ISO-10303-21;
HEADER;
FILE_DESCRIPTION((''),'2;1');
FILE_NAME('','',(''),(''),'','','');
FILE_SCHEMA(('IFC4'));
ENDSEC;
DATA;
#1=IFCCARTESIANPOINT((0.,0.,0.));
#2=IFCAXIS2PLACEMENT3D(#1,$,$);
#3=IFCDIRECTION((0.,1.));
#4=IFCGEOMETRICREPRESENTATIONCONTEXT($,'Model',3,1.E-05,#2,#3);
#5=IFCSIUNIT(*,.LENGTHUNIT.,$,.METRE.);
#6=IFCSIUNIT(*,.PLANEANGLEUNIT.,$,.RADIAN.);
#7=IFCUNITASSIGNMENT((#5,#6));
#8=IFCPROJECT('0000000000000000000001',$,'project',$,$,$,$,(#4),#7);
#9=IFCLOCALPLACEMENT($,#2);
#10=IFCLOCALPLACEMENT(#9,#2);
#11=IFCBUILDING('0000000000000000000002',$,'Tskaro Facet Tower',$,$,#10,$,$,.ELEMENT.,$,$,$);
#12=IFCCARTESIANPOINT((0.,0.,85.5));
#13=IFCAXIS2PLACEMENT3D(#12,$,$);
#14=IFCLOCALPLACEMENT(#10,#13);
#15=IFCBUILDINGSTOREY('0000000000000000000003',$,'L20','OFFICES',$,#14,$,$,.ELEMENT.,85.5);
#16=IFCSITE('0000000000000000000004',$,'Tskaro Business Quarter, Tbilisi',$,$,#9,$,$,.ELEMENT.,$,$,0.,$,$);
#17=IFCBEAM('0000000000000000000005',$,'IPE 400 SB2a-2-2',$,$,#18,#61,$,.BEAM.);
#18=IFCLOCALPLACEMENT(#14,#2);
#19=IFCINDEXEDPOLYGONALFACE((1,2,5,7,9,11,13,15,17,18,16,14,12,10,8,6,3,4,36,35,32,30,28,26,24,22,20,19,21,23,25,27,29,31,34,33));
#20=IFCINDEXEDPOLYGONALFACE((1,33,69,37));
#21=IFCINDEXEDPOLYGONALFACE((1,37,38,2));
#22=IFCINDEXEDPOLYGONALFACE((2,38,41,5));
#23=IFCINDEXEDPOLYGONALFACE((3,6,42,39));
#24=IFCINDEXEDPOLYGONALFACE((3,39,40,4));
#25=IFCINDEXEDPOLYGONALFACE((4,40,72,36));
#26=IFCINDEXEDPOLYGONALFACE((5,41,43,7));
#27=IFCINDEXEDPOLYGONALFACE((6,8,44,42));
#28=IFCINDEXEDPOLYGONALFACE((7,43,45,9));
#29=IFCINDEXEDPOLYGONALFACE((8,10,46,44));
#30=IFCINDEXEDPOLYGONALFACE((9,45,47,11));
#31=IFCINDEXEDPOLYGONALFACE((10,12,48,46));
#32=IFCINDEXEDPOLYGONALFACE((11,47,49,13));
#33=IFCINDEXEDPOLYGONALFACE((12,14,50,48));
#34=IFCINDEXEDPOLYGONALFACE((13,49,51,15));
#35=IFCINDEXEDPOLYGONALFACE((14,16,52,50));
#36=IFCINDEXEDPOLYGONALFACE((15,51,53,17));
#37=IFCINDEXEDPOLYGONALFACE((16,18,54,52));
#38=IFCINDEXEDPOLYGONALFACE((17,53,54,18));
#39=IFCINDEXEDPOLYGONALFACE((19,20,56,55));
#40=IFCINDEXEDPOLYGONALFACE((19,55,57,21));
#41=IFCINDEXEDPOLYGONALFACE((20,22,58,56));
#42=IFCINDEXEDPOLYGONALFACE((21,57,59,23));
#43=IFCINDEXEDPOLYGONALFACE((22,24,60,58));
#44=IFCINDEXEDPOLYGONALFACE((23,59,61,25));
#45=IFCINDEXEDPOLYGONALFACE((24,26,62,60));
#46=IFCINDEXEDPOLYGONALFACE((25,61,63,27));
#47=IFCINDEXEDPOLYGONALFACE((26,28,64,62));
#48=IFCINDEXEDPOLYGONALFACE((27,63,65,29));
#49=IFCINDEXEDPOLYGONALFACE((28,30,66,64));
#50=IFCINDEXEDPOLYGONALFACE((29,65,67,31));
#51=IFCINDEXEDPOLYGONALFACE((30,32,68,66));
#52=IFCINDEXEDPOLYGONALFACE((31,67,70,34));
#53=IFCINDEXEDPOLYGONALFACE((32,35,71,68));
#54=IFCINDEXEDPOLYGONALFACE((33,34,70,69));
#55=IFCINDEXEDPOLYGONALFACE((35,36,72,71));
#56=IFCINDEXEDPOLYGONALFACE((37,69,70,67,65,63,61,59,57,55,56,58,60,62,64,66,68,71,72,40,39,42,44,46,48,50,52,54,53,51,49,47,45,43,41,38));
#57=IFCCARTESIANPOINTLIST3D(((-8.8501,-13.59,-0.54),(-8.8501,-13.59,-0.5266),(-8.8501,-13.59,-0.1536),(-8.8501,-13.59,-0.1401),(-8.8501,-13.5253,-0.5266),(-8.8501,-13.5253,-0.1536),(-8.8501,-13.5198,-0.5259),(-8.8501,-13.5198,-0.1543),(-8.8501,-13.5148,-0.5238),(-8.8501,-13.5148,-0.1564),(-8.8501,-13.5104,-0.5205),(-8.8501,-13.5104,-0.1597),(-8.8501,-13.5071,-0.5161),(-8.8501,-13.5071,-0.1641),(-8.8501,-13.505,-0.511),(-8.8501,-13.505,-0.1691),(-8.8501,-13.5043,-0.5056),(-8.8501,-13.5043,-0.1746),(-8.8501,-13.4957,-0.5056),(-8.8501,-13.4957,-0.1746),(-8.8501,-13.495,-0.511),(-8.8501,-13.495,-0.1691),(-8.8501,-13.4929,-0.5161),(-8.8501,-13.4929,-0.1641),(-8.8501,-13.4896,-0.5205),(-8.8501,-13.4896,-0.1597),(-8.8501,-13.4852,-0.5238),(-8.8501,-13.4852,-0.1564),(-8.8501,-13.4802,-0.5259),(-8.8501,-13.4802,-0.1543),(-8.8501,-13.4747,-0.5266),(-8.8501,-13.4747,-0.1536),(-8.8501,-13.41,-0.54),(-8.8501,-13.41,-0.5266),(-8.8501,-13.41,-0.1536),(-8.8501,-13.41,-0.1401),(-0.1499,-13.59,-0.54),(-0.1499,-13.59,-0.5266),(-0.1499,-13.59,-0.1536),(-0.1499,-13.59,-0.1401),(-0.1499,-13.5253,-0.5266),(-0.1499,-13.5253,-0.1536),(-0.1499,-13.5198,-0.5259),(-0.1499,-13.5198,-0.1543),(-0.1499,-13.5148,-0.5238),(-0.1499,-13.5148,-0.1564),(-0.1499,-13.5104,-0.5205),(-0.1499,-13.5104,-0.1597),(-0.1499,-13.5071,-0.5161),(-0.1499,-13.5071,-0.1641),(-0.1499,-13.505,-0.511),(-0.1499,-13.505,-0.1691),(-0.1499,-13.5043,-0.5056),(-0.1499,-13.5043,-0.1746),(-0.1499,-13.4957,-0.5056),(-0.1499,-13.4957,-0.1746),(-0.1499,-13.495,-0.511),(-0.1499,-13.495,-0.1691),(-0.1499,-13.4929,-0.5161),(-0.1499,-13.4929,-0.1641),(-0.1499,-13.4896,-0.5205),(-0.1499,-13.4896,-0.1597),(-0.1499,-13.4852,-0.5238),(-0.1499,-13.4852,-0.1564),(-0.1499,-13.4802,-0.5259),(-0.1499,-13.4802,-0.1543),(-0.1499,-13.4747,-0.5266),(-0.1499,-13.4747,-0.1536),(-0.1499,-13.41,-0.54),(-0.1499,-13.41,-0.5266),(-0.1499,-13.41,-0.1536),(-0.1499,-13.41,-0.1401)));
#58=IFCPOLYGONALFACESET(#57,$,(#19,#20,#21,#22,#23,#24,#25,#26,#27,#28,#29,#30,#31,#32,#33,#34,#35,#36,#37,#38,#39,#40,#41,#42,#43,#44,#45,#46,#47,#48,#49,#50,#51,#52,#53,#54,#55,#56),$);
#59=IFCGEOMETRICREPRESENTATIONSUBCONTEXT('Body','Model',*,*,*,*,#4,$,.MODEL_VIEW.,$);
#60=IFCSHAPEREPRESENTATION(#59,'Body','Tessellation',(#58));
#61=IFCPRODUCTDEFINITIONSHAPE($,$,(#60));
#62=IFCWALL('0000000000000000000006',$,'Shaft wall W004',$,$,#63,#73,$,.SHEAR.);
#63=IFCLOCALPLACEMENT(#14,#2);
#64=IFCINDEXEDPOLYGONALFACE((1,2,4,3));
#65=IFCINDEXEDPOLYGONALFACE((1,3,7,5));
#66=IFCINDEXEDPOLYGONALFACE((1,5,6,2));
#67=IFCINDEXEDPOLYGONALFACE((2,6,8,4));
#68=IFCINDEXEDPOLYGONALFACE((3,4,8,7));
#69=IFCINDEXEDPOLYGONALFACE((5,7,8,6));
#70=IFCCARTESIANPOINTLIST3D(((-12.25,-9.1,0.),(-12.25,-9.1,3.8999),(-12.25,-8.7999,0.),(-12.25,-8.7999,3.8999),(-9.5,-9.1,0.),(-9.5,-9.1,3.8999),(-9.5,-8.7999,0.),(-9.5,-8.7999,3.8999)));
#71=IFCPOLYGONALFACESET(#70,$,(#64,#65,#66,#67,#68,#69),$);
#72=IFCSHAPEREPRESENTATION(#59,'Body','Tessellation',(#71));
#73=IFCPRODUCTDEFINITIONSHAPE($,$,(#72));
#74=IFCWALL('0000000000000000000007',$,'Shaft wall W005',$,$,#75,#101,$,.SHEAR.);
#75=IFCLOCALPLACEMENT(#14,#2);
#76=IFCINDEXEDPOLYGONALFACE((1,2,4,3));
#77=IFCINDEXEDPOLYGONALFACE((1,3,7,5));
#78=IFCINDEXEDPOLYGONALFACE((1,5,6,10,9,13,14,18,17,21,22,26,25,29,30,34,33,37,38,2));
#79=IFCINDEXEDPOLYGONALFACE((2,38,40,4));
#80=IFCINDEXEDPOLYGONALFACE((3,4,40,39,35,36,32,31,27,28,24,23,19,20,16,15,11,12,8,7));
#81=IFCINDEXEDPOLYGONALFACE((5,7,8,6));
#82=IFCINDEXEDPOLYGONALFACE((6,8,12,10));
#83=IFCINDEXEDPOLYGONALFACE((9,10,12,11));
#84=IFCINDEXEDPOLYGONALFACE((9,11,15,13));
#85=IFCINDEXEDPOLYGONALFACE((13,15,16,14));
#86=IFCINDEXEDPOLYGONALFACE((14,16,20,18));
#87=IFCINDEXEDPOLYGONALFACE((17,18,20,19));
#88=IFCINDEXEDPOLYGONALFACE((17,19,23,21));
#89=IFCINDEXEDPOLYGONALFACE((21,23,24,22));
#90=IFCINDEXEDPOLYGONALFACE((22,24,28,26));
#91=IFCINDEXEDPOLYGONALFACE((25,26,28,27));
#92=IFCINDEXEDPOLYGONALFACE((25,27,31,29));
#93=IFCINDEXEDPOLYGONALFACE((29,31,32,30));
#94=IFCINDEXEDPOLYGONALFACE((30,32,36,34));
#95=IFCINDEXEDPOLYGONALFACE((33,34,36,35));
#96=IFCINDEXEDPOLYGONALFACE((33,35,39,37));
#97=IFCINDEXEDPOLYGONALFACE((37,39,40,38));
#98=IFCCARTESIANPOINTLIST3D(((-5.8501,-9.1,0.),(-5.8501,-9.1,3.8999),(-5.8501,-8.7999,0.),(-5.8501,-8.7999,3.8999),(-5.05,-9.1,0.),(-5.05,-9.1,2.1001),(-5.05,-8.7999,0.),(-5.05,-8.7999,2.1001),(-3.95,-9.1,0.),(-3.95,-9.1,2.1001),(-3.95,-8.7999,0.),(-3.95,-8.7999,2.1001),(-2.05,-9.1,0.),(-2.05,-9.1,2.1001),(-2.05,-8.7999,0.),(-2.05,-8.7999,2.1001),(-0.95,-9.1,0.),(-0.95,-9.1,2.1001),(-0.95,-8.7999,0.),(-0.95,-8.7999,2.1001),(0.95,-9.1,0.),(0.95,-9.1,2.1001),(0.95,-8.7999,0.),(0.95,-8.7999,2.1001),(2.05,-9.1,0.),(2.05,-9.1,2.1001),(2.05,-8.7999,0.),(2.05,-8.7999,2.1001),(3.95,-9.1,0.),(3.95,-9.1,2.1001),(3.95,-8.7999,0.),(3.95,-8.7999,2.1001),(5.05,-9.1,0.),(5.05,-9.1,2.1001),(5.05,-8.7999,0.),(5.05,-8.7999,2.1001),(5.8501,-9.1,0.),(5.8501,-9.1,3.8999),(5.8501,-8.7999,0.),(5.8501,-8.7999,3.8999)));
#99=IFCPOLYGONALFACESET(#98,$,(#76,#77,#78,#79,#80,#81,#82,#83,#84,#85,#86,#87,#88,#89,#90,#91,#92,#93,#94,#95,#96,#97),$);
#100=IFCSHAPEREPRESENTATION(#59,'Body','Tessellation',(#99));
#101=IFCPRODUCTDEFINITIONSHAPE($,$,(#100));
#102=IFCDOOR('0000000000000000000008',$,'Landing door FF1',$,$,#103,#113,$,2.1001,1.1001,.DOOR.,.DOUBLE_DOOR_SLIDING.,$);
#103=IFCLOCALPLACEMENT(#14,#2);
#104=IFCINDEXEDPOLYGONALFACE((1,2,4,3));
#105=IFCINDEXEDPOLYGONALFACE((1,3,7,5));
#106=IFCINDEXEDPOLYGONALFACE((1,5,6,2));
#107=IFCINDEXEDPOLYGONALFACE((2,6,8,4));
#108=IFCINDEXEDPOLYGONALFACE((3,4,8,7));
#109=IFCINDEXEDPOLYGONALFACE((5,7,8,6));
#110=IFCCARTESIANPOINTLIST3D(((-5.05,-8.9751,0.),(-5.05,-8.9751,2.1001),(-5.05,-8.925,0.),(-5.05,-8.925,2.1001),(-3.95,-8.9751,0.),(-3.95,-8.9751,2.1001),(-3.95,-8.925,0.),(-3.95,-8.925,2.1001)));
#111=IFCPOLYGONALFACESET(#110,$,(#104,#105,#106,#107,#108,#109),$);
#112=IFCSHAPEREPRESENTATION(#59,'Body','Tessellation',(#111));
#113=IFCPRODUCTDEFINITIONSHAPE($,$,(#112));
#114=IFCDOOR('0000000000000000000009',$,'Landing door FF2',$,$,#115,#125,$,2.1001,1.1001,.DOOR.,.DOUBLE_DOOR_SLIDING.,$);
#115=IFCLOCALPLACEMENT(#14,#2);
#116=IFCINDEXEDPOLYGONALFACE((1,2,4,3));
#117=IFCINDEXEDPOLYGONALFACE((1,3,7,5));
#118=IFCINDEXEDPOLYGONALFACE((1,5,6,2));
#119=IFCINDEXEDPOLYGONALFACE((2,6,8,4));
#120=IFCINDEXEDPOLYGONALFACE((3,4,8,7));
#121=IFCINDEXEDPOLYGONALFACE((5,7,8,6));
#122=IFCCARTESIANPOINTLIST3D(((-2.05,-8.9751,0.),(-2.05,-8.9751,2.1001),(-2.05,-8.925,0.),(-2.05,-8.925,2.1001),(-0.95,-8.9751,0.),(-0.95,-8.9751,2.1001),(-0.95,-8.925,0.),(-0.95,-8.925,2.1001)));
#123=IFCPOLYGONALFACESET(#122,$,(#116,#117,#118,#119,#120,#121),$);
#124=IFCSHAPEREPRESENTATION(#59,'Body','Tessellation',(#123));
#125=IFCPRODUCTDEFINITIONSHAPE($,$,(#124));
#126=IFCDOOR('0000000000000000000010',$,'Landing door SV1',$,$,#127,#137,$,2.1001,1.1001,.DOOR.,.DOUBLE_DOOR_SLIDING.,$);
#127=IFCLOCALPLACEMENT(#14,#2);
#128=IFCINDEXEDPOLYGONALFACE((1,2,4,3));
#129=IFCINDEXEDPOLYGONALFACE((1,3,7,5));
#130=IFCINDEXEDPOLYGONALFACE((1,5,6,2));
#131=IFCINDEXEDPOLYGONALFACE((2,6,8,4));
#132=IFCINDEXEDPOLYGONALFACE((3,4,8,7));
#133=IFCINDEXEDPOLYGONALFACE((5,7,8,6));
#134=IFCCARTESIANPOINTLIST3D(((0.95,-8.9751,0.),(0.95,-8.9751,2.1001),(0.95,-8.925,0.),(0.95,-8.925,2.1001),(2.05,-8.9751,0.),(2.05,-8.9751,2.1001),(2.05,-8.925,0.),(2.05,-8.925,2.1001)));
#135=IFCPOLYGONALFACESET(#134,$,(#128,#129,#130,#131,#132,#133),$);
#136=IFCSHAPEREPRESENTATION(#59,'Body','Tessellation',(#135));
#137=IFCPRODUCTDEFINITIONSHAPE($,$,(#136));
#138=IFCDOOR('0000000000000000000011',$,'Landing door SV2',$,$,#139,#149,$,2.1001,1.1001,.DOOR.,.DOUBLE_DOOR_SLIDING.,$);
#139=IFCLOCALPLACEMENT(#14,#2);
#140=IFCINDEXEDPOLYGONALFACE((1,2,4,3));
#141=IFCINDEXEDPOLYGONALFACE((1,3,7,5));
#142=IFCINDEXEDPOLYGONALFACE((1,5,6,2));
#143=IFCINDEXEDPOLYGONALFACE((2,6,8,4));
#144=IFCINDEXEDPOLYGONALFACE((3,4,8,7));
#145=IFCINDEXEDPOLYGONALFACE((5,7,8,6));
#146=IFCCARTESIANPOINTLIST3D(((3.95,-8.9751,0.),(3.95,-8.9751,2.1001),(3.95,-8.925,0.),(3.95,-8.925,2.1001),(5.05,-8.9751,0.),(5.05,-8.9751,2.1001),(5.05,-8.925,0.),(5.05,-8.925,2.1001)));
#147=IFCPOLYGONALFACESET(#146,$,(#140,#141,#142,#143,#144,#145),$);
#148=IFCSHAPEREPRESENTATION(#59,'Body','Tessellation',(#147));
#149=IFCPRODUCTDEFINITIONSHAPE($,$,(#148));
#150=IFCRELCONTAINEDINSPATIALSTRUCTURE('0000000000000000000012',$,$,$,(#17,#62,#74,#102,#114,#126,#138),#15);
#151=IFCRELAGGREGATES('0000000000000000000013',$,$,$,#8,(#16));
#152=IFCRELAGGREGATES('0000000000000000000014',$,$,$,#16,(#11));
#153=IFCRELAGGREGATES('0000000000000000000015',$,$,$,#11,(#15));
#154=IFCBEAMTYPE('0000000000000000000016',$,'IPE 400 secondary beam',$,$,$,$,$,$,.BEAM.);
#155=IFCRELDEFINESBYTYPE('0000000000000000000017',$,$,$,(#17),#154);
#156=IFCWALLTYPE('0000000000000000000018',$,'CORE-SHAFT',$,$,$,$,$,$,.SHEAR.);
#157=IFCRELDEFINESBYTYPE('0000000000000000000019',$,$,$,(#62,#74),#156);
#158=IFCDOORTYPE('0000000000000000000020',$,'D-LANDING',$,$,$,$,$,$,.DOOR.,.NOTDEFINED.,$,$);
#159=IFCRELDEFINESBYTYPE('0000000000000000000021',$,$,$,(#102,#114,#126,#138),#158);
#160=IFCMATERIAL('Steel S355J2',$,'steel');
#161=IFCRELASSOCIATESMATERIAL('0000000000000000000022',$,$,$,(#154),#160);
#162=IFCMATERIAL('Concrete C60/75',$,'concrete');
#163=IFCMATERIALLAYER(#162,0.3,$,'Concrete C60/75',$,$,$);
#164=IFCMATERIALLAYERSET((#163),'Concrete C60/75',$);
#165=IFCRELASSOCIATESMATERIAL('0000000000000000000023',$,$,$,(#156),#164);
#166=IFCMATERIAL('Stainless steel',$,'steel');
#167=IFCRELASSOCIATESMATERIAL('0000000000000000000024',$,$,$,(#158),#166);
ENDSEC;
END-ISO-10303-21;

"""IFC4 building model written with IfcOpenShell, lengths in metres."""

from ifc_helpers import new_model, si_unit, direction, frame, frame_2d, origin, origin_2d, place, context, subcontext, project, spatial, rectangle, i_section, extrude, material, layer, layer_set, material_profile, profile_set, type_object, element, fill, save


model = new_model("IFC4")

# Units and contexts
model_context = context("Model", 3, precision=1e-05, world=origin(), true_north=direction((0.0, 1.0)))
body_context = subcontext(model_context, "Body", "Model", "MODEL_VIEW")
ifc_project = project(units=[si_unit("LENGTHUNIT", "METRE"), si_unit("PLANEANGLEUNIT", "RADIAN")], contexts=[model_context])

# Site, building, storey
site_placement = place(None, origin())
site = spatial("IfcSite", under=ifc_project, at=site_placement, Name="Tskaro Business Quarter, Tbilisi", CompositionType="ELEMENT", RefElevation=0.0)
building_placement = place(site_placement, origin())
building = spatial("IfcBuilding", under=site, at=building_placement, Name="Tskaro Facet Tower", CompositionType="ELEMENT")
storey_placement = place(building_placement, frame((0.0, 0.0, 85.5)))
storey = spatial("IfcBuildingStorey", under=building, at=storey_placement, Name="L20", Description="OFFICES", CompositionType="ELEMENT", Elevation=85.5)

# Beam
ifc_material_1 = material(Name="Steel S355J2", Category="steel")
ifc_material_profile = material_profile(ifc_material_1, i_section(OverallWidth=0.1799, OverallDepth=0.3999, WebThickness=0.0085, FlangeThickness=0.0134, FilletRadius=0.021, at=origin_2d()), Name="IPE 400")
ifc_profile_set = profile_set([ifc_material_profile], Name="Steel S355J2")
beam_type = type_object("IfcBeamType", Name="IPE 400 secondary beam", PredefinedType="BEAM", material=ifc_profile_set)
beam_placement = place(storey_placement, frame((-8.8501, -13.5, -0.3401), z_axis=(1.0, 0.0, 0.0), x_axis=(0.0, 1.0, 0.0)))
element("IfcBeam", 1, at=beam_placement, inside=storey, type_object=beam_type, Name="IPE 400 SB2a-2-2", PredefinedType="BEAM", context=body_context, shape_type="SweptSolid", body=[
    extrude(i_section(OverallWidth=0.1799, OverallDepth=0.3999, WebThickness=0.0085, FlangeThickness=0.0134, FilletRadius=0.021, at=origin_2d()), origin(), (0.0, 0.0, 1.0), 8.7002),
])

# Wall
ifc_material_2 = material(Name="Concrete C60/75", Category="concrete")
ifc_layer_1 = layer(ifc_material_2, 0.3, Name="Concrete C60/75")
ifc_layer_set_1 = layer_set([ifc_layer_1], Name="Concrete C60/75")
wall_type_1 = type_object("IfcWallType", Name="CORE-SHAFT", PredefinedType="SHEAR", material=ifc_layer_set_1)
wall_1_placement = place(storey_placement, frame((-12.25, -8.95, 0.0), z_axis=(0.0, 0.0, 1.0), x_axis=(1.0, 0.0, 0.0)))
element("IfcWall", 2, at=wall_1_placement, inside=storey, type_object=wall_type_1, Name="Shaft wall W004", PredefinedType="SHEAR", context=body_context, shape_type="SweptSolid", body=[
    extrude(rectangle(XDim=2.75, YDim=0.3, at=frame_2d((1.375, 0.0))), origin(), (0.0, 0.0, 1.0), 3.8999),
])

# Wall, openings, doors
wall_2_placement = place(storey_placement, frame((-5.8501, -8.95, 0.0), z_axis=(0.0, 0.0, 1.0), x_axis=(1.0, 0.0, 0.0)))
wall_2 = element("IfcWall", 3, at=wall_2_placement, inside=storey, type_object=wall_type_1, Name="Shaft wall W005", PredefinedType="SHEAR", context=body_context, shape_type="SweptSolid", body=[
    extrude(rectangle(XDim=11.7002, YDim=0.3, at=frame_2d((5.8501, 0.0))), origin(), (0.0, 0.0, 1.0), 3.8999),
])
opening_1_placement = place(wall_2_placement, frame((0.8, 0.0, 0.0)))
opening_1 = element("IfcOpeningElement", 4, at=opening_1_placement, cuts=wall_2, PredefinedType="OPENING", context=body_context, shape_type="SweptSolid", body=[
    extrude(rectangle(XDim=1.1001, YDim=2.1001, at=frame_2d((0.55, 1.05))), frame((0.0, 0.1599, 0.0), z_axis=(0.0, -1.0, 0.0), x_axis=(1.0, 0.0, 0.0)), (0.0, 0.0, 1.0), 0.3201),
])
opening_2_placement = place(wall_2_placement, frame((3.8, 0.0, 0.0)))
opening_2 = element("IfcOpeningElement", 5, at=opening_2_placement, cuts=wall_2, PredefinedType="OPENING", context=body_context, shape_type="SweptSolid", body=[
    extrude(rectangle(XDim=1.1001, YDim=2.1001, at=frame_2d((0.55, 1.05))), frame((0.0, 0.1599, 0.0), z_axis=(0.0, -1.0, 0.0), x_axis=(1.0, 0.0, 0.0)), (0.0, 0.0, 1.0), 0.3201),
])
opening_3_placement = place(wall_2_placement, frame((6.8, 0.0, 0.0)))
opening_3 = element("IfcOpeningElement", 6, at=opening_3_placement, cuts=wall_2, PredefinedType="OPENING", context=body_context, shape_type="SweptSolid", body=[
    extrude(rectangle(XDim=1.1001, YDim=2.1001, at=frame_2d((0.55, 1.05))), frame((0.0, 0.1599, 0.0), z_axis=(0.0, -1.0, 0.0), x_axis=(1.0, 0.0, 0.0)), (0.0, 0.0, 1.0), 0.3201),
])
opening_4_placement = place(wall_2_placement, frame((9.8, 0.0, 0.0)))
opening_4 = element("IfcOpeningElement", 7, at=opening_4_placement, cuts=wall_2, PredefinedType="OPENING", context=body_context, shape_type="SweptSolid", body=[
    extrude(rectangle(XDim=1.1001, YDim=2.1001, at=frame_2d((0.55, 1.05))), frame((0.0, 0.1599, 0.0), z_axis=(0.0, -1.0, 0.0), x_axis=(1.0, 0.0, 0.0)), (0.0, 0.0, 1.0), 0.3201),
])
ifc_material_3 = material(Name="Stainless steel", Category="steel")
door_type_1 = type_object("IfcDoorType", Name="D-LANDING", OperationType="NOTDEFINED", PredefinedType="DOOR", material=ifc_material_3)
door_1_placement = place(opening_1_placement, origin())
door_1 = element("IfcDoor", 8, at=door_1_placement, inside=storey, type_object=door_type_1, Name="Landing door FF1", OperationType="DOUBLE_DOOR_SLIDING", OverallHeight=2.1001, OverallWidth=1.1001, PredefinedType="DOOR", context=body_context, shape_type="SweptSolid", body=[
    extrude(rectangle(XDim=1.1001, YDim=2.1001, at=frame_2d((0.55, 1.05))), frame((0.0, 0.0249, 0.0), z_axis=(0.0, -1.0, 0.0), x_axis=(1.0, 0.0, 0.0)), (0.0, 0.0, 1.0), 0.05),
])
fill(opening_1, door_1)
door_2_placement = place(opening_2_placement, origin())
door_2 = element("IfcDoor", 9, at=door_2_placement, inside=storey, type_object=door_type_1, Name="Landing door FF2", OperationType="DOUBLE_DOOR_SLIDING", OverallHeight=2.1001, OverallWidth=1.1001, PredefinedType="DOOR", context=body_context, shape_type="SweptSolid", body=[
    extrude(rectangle(XDim=1.1001, YDim=2.1001, at=frame_2d((0.55, 1.05))), frame((0.0, 0.0249, 0.0), z_axis=(0.0, -1.0, 0.0), x_axis=(1.0, 0.0, 0.0)), (0.0, 0.0, 1.0), 0.05),
])
fill(opening_2, door_2)
door_3_placement = place(opening_3_placement, origin())
door_3 = element("IfcDoor", 10, at=door_3_placement, inside=storey, type_object=door_type_1, Name="Landing door SV1", OperationType="DOUBLE_DOOR_SLIDING", OverallHeight=2.1001, OverallWidth=1.1001, PredefinedType="DOOR", context=body_context, shape_type="SweptSolid", body=[
    extrude(rectangle(XDim=1.1001, YDim=2.1001, at=frame_2d((0.55, 1.05))), frame((0.0, 0.0249, 0.0), z_axis=(0.0, -1.0, 0.0), x_axis=(1.0, 0.0, 0.0)), (0.0, 0.0, 1.0), 0.05),
])
fill(opening_3, door_3)
door_4_placement = place(opening_4_placement, origin())
door_4 = element("IfcDoor", 11, at=door_4_placement, inside=storey, type_object=door_type_1, Name="Landing door SV2", OperationType="DOUBLE_DOOR_SLIDING", OverallHeight=2.1001, OverallWidth=1.1001, PredefinedType="DOOR", context=body_context, shape_type="SweptSolid", body=[
    extrude(rectangle(XDim=1.1001, YDim=2.1001, at=frame_2d((0.55, 1.05))), frame((0.0, 0.0249, 0.0), z_axis=(0.0, -1.0, 0.0), x_axis=(1.0, 0.0, 0.0)), (0.0, 0.0, 1.0), 0.05),
])
fill(opening_4, door_4)

save(model, "model.ifc")
